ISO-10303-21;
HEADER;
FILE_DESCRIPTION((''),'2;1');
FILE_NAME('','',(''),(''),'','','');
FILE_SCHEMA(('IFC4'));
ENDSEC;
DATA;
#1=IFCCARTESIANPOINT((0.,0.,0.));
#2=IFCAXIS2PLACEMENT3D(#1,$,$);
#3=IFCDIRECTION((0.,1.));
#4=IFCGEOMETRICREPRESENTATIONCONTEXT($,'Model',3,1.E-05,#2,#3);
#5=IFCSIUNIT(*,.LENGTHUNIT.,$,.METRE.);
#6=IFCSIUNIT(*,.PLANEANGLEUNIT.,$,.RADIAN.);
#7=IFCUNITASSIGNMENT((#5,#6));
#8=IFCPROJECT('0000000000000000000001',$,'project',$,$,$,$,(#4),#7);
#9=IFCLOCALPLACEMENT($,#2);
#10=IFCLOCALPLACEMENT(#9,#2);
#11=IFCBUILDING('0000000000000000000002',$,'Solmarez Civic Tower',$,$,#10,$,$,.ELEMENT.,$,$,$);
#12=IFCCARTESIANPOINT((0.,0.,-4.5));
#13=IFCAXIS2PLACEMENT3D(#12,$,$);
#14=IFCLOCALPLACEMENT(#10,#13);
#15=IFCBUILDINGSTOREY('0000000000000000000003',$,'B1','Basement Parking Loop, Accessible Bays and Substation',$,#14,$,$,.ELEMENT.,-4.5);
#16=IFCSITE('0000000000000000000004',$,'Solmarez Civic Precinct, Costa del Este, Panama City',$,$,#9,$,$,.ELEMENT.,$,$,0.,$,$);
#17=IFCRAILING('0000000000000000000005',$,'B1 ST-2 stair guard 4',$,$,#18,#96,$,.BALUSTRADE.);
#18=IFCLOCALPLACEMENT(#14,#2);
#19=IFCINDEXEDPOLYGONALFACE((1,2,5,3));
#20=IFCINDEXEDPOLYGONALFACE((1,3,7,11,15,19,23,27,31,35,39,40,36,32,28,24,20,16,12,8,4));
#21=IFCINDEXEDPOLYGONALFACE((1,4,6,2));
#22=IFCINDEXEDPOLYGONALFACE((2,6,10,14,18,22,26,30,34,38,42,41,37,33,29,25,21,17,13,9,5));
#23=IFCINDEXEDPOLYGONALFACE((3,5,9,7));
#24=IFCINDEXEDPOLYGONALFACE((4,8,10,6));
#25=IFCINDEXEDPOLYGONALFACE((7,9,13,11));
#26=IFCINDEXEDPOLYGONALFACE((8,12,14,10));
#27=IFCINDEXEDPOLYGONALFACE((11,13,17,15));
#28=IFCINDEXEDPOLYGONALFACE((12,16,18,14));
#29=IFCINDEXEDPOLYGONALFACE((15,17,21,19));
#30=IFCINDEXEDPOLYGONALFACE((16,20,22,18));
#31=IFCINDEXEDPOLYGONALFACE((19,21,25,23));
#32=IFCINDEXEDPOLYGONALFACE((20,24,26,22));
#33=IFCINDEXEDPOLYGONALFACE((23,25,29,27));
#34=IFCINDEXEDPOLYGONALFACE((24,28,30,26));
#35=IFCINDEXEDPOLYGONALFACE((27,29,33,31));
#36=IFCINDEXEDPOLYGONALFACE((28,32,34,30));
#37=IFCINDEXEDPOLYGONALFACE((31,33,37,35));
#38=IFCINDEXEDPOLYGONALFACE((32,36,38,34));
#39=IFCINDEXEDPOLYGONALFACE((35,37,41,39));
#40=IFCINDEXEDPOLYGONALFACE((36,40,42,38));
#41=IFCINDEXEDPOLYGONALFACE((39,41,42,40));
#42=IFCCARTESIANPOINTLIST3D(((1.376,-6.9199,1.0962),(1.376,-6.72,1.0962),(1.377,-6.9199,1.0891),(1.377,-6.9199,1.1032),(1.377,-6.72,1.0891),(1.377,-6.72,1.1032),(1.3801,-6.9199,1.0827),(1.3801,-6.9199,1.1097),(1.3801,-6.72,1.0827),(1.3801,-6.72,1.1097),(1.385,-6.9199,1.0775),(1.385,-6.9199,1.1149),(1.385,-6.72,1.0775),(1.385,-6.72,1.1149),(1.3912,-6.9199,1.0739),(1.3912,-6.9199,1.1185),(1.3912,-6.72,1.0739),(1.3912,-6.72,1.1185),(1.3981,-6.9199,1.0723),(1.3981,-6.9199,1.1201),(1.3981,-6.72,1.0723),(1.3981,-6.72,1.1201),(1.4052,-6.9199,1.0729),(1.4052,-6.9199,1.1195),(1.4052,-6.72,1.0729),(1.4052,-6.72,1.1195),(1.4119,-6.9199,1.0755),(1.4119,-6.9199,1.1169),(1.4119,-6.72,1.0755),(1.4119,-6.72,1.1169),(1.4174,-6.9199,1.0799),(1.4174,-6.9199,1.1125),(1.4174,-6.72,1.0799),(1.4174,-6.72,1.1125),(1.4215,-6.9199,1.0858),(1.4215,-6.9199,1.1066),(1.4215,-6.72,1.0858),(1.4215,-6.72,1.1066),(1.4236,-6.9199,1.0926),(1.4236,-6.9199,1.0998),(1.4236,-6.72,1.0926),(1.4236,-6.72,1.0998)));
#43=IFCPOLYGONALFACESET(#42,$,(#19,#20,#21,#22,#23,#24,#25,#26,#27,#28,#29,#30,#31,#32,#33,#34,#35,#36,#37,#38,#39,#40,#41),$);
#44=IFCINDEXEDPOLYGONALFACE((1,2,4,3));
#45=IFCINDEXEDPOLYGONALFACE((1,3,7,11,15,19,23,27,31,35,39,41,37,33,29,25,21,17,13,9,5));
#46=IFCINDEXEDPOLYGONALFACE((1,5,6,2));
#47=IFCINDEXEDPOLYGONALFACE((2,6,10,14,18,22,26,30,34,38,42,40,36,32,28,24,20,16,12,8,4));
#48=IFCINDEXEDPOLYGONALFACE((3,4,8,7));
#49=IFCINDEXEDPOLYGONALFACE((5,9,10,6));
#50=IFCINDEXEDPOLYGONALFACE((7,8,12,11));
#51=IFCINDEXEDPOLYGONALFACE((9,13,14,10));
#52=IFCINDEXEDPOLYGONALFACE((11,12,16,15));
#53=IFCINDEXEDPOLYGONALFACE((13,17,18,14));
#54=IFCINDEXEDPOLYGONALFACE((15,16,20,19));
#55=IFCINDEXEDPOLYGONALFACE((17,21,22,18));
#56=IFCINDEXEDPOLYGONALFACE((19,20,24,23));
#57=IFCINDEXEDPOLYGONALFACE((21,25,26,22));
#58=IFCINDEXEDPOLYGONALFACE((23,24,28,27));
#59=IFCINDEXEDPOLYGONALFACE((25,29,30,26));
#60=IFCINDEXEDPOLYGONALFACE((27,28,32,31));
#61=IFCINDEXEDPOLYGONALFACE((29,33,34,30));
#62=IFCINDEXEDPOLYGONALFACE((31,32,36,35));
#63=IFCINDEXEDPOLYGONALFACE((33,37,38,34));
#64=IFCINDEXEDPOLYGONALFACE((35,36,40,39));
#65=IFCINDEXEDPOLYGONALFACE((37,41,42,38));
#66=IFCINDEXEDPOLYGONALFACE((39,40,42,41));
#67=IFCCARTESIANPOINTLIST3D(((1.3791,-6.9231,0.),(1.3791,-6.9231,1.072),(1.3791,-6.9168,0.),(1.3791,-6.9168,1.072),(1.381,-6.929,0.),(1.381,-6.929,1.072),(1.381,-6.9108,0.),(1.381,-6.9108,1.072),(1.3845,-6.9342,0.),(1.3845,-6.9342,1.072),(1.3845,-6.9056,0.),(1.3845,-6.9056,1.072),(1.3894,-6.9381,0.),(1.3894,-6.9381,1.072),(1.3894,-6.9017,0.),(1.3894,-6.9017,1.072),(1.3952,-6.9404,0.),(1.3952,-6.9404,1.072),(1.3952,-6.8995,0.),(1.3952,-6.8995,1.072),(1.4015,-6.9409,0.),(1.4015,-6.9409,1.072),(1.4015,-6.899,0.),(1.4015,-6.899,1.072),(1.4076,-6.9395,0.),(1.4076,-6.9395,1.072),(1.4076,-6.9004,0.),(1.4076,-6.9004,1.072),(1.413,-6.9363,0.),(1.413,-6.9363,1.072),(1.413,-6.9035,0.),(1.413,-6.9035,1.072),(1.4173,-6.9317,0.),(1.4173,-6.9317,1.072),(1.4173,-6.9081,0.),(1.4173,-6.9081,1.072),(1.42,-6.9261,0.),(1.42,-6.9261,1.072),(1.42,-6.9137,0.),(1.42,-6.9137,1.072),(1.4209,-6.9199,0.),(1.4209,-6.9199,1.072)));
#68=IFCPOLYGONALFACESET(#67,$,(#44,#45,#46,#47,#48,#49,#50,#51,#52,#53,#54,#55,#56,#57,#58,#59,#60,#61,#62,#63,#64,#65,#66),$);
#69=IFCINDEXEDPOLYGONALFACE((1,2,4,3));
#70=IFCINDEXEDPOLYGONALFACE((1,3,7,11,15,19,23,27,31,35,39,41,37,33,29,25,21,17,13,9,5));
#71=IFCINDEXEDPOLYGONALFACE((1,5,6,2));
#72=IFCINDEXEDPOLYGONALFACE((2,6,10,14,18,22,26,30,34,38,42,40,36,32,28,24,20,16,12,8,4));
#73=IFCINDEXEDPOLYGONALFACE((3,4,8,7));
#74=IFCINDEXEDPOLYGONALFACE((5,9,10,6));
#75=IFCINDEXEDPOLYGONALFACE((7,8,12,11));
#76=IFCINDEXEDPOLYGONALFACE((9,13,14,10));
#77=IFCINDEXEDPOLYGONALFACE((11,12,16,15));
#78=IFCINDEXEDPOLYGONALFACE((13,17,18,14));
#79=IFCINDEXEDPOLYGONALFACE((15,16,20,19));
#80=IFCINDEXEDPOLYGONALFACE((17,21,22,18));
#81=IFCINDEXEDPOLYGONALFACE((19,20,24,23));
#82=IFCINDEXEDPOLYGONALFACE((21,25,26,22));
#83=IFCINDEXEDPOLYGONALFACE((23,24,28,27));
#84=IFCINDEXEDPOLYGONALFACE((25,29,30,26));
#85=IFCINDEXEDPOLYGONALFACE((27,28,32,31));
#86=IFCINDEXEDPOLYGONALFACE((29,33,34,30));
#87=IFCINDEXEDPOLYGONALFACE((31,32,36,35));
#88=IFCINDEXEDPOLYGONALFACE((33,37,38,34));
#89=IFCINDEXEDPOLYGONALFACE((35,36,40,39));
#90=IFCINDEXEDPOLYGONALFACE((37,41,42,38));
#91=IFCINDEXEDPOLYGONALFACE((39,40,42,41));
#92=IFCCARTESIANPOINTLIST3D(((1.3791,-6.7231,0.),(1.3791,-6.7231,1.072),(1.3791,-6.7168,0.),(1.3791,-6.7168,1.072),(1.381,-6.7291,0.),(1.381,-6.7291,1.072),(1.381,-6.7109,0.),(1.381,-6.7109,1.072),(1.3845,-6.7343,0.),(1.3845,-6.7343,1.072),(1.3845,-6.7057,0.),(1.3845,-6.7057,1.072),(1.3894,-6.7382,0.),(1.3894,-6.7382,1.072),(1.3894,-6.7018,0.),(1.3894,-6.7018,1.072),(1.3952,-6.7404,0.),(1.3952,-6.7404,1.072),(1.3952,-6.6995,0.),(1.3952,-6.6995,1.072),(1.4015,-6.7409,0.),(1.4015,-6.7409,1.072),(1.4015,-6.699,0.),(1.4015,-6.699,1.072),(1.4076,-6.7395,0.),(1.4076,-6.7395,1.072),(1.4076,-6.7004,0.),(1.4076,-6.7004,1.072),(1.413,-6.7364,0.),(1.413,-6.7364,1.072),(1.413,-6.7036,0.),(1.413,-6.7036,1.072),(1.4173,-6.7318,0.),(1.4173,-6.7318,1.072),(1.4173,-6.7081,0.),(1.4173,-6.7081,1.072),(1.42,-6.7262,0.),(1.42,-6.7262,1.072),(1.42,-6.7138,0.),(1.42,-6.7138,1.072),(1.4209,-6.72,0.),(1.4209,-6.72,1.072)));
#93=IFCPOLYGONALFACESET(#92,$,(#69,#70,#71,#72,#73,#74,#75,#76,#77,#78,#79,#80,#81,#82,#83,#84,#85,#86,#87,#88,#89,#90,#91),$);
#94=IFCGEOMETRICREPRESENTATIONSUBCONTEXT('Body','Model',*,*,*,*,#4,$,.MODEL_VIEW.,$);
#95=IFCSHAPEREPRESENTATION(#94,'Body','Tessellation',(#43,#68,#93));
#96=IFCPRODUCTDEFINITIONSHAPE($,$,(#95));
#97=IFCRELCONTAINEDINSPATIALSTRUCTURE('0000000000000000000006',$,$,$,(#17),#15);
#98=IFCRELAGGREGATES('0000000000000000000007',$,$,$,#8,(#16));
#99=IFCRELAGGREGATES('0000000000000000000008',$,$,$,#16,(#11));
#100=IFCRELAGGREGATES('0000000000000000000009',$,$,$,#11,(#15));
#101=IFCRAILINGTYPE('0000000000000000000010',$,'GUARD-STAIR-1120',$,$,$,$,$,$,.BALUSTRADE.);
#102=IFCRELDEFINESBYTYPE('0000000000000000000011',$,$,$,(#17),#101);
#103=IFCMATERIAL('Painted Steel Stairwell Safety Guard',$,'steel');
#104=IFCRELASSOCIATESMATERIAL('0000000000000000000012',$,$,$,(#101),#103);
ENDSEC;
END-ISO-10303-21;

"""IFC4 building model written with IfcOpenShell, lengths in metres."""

from ifc_helpers import new_model, si_unit, direction, frame, origin, origin_2d, place, context, subcontext, project, spatial, circle, extrude, material, type_object, element, save


model = new_model("IFC4")

# Units and contexts
model_context = context("Model", 3, precision=1e-05, world=origin(), true_north=direction((0.0, 1.0)))
body_context = subcontext(model_context, "Body", "Model", "MODEL_VIEW")
ifc_project = project(units=[si_unit("LENGTHUNIT", "METRE"), si_unit("PLANEANGLEUNIT", "RADIAN")], contexts=[model_context])

# Site, building, storey
site_placement = place(None, origin())
site = spatial("IfcSite", under=ifc_project, at=site_placement, Name="Solmarez Civic Precinct, Costa del Este, Panama City", CompositionType="ELEMENT", RefElevation=0.0)
building_placement = place(site_placement, origin())
building = spatial("IfcBuilding", under=site, at=building_placement, Name="Solmarez Civic Tower", CompositionType="ELEMENT")
storey_placement = place(building_placement, frame((0.0, 0.0, -4.5)))
storey = spatial("IfcBuildingStorey", under=building, at=storey_placement, Name="B1", Description="Basement Parking Loop, Accessible Bays and Substation", CompositionType="ELEMENT", Elevation=-4.5)

# Railing
ifc_material_1 = material(Name="Painted Steel Stairwell Safety Guard", Category="steel")
railing_type_1 = type_object("IfcRailingType", Name="GUARD-STAIR-1120", PredefinedType="BALUSTRADE", material=ifc_material_1)
railing_1_placement = place(storey_placement, frame((1.3999, -6.9199, 0.0)))
element("IfcRailing", 1, at=railing_1_placement, inside=storey, type_object=railing_type_1, Name="B1 ST-2 stair guard 4", PredefinedType="BALUSTRADE", context=body_context, shape_type="SweptSolid", body=[
    extrude(circle(Radius=0.0239, at=origin_2d()), frame((0.0, 0.0, 1.0962), z_axis=(0.0, 1.0, 0.0), x_axis=(-1.0, 0.0, 0.0)), (0.0, 0.0, 1.0), 0.2),
    extrude(circle(Radius=0.021, at=origin_2d()), origin(), (0.0, 0.0, 1.0), 1.072),
    extrude(circle(Radius=0.021, at=origin_2d()), frame((0.0, 0.2, 0.0)), (0.0, 0.0, 1.0), 1.072),
])

save(model, "model.ifc")
